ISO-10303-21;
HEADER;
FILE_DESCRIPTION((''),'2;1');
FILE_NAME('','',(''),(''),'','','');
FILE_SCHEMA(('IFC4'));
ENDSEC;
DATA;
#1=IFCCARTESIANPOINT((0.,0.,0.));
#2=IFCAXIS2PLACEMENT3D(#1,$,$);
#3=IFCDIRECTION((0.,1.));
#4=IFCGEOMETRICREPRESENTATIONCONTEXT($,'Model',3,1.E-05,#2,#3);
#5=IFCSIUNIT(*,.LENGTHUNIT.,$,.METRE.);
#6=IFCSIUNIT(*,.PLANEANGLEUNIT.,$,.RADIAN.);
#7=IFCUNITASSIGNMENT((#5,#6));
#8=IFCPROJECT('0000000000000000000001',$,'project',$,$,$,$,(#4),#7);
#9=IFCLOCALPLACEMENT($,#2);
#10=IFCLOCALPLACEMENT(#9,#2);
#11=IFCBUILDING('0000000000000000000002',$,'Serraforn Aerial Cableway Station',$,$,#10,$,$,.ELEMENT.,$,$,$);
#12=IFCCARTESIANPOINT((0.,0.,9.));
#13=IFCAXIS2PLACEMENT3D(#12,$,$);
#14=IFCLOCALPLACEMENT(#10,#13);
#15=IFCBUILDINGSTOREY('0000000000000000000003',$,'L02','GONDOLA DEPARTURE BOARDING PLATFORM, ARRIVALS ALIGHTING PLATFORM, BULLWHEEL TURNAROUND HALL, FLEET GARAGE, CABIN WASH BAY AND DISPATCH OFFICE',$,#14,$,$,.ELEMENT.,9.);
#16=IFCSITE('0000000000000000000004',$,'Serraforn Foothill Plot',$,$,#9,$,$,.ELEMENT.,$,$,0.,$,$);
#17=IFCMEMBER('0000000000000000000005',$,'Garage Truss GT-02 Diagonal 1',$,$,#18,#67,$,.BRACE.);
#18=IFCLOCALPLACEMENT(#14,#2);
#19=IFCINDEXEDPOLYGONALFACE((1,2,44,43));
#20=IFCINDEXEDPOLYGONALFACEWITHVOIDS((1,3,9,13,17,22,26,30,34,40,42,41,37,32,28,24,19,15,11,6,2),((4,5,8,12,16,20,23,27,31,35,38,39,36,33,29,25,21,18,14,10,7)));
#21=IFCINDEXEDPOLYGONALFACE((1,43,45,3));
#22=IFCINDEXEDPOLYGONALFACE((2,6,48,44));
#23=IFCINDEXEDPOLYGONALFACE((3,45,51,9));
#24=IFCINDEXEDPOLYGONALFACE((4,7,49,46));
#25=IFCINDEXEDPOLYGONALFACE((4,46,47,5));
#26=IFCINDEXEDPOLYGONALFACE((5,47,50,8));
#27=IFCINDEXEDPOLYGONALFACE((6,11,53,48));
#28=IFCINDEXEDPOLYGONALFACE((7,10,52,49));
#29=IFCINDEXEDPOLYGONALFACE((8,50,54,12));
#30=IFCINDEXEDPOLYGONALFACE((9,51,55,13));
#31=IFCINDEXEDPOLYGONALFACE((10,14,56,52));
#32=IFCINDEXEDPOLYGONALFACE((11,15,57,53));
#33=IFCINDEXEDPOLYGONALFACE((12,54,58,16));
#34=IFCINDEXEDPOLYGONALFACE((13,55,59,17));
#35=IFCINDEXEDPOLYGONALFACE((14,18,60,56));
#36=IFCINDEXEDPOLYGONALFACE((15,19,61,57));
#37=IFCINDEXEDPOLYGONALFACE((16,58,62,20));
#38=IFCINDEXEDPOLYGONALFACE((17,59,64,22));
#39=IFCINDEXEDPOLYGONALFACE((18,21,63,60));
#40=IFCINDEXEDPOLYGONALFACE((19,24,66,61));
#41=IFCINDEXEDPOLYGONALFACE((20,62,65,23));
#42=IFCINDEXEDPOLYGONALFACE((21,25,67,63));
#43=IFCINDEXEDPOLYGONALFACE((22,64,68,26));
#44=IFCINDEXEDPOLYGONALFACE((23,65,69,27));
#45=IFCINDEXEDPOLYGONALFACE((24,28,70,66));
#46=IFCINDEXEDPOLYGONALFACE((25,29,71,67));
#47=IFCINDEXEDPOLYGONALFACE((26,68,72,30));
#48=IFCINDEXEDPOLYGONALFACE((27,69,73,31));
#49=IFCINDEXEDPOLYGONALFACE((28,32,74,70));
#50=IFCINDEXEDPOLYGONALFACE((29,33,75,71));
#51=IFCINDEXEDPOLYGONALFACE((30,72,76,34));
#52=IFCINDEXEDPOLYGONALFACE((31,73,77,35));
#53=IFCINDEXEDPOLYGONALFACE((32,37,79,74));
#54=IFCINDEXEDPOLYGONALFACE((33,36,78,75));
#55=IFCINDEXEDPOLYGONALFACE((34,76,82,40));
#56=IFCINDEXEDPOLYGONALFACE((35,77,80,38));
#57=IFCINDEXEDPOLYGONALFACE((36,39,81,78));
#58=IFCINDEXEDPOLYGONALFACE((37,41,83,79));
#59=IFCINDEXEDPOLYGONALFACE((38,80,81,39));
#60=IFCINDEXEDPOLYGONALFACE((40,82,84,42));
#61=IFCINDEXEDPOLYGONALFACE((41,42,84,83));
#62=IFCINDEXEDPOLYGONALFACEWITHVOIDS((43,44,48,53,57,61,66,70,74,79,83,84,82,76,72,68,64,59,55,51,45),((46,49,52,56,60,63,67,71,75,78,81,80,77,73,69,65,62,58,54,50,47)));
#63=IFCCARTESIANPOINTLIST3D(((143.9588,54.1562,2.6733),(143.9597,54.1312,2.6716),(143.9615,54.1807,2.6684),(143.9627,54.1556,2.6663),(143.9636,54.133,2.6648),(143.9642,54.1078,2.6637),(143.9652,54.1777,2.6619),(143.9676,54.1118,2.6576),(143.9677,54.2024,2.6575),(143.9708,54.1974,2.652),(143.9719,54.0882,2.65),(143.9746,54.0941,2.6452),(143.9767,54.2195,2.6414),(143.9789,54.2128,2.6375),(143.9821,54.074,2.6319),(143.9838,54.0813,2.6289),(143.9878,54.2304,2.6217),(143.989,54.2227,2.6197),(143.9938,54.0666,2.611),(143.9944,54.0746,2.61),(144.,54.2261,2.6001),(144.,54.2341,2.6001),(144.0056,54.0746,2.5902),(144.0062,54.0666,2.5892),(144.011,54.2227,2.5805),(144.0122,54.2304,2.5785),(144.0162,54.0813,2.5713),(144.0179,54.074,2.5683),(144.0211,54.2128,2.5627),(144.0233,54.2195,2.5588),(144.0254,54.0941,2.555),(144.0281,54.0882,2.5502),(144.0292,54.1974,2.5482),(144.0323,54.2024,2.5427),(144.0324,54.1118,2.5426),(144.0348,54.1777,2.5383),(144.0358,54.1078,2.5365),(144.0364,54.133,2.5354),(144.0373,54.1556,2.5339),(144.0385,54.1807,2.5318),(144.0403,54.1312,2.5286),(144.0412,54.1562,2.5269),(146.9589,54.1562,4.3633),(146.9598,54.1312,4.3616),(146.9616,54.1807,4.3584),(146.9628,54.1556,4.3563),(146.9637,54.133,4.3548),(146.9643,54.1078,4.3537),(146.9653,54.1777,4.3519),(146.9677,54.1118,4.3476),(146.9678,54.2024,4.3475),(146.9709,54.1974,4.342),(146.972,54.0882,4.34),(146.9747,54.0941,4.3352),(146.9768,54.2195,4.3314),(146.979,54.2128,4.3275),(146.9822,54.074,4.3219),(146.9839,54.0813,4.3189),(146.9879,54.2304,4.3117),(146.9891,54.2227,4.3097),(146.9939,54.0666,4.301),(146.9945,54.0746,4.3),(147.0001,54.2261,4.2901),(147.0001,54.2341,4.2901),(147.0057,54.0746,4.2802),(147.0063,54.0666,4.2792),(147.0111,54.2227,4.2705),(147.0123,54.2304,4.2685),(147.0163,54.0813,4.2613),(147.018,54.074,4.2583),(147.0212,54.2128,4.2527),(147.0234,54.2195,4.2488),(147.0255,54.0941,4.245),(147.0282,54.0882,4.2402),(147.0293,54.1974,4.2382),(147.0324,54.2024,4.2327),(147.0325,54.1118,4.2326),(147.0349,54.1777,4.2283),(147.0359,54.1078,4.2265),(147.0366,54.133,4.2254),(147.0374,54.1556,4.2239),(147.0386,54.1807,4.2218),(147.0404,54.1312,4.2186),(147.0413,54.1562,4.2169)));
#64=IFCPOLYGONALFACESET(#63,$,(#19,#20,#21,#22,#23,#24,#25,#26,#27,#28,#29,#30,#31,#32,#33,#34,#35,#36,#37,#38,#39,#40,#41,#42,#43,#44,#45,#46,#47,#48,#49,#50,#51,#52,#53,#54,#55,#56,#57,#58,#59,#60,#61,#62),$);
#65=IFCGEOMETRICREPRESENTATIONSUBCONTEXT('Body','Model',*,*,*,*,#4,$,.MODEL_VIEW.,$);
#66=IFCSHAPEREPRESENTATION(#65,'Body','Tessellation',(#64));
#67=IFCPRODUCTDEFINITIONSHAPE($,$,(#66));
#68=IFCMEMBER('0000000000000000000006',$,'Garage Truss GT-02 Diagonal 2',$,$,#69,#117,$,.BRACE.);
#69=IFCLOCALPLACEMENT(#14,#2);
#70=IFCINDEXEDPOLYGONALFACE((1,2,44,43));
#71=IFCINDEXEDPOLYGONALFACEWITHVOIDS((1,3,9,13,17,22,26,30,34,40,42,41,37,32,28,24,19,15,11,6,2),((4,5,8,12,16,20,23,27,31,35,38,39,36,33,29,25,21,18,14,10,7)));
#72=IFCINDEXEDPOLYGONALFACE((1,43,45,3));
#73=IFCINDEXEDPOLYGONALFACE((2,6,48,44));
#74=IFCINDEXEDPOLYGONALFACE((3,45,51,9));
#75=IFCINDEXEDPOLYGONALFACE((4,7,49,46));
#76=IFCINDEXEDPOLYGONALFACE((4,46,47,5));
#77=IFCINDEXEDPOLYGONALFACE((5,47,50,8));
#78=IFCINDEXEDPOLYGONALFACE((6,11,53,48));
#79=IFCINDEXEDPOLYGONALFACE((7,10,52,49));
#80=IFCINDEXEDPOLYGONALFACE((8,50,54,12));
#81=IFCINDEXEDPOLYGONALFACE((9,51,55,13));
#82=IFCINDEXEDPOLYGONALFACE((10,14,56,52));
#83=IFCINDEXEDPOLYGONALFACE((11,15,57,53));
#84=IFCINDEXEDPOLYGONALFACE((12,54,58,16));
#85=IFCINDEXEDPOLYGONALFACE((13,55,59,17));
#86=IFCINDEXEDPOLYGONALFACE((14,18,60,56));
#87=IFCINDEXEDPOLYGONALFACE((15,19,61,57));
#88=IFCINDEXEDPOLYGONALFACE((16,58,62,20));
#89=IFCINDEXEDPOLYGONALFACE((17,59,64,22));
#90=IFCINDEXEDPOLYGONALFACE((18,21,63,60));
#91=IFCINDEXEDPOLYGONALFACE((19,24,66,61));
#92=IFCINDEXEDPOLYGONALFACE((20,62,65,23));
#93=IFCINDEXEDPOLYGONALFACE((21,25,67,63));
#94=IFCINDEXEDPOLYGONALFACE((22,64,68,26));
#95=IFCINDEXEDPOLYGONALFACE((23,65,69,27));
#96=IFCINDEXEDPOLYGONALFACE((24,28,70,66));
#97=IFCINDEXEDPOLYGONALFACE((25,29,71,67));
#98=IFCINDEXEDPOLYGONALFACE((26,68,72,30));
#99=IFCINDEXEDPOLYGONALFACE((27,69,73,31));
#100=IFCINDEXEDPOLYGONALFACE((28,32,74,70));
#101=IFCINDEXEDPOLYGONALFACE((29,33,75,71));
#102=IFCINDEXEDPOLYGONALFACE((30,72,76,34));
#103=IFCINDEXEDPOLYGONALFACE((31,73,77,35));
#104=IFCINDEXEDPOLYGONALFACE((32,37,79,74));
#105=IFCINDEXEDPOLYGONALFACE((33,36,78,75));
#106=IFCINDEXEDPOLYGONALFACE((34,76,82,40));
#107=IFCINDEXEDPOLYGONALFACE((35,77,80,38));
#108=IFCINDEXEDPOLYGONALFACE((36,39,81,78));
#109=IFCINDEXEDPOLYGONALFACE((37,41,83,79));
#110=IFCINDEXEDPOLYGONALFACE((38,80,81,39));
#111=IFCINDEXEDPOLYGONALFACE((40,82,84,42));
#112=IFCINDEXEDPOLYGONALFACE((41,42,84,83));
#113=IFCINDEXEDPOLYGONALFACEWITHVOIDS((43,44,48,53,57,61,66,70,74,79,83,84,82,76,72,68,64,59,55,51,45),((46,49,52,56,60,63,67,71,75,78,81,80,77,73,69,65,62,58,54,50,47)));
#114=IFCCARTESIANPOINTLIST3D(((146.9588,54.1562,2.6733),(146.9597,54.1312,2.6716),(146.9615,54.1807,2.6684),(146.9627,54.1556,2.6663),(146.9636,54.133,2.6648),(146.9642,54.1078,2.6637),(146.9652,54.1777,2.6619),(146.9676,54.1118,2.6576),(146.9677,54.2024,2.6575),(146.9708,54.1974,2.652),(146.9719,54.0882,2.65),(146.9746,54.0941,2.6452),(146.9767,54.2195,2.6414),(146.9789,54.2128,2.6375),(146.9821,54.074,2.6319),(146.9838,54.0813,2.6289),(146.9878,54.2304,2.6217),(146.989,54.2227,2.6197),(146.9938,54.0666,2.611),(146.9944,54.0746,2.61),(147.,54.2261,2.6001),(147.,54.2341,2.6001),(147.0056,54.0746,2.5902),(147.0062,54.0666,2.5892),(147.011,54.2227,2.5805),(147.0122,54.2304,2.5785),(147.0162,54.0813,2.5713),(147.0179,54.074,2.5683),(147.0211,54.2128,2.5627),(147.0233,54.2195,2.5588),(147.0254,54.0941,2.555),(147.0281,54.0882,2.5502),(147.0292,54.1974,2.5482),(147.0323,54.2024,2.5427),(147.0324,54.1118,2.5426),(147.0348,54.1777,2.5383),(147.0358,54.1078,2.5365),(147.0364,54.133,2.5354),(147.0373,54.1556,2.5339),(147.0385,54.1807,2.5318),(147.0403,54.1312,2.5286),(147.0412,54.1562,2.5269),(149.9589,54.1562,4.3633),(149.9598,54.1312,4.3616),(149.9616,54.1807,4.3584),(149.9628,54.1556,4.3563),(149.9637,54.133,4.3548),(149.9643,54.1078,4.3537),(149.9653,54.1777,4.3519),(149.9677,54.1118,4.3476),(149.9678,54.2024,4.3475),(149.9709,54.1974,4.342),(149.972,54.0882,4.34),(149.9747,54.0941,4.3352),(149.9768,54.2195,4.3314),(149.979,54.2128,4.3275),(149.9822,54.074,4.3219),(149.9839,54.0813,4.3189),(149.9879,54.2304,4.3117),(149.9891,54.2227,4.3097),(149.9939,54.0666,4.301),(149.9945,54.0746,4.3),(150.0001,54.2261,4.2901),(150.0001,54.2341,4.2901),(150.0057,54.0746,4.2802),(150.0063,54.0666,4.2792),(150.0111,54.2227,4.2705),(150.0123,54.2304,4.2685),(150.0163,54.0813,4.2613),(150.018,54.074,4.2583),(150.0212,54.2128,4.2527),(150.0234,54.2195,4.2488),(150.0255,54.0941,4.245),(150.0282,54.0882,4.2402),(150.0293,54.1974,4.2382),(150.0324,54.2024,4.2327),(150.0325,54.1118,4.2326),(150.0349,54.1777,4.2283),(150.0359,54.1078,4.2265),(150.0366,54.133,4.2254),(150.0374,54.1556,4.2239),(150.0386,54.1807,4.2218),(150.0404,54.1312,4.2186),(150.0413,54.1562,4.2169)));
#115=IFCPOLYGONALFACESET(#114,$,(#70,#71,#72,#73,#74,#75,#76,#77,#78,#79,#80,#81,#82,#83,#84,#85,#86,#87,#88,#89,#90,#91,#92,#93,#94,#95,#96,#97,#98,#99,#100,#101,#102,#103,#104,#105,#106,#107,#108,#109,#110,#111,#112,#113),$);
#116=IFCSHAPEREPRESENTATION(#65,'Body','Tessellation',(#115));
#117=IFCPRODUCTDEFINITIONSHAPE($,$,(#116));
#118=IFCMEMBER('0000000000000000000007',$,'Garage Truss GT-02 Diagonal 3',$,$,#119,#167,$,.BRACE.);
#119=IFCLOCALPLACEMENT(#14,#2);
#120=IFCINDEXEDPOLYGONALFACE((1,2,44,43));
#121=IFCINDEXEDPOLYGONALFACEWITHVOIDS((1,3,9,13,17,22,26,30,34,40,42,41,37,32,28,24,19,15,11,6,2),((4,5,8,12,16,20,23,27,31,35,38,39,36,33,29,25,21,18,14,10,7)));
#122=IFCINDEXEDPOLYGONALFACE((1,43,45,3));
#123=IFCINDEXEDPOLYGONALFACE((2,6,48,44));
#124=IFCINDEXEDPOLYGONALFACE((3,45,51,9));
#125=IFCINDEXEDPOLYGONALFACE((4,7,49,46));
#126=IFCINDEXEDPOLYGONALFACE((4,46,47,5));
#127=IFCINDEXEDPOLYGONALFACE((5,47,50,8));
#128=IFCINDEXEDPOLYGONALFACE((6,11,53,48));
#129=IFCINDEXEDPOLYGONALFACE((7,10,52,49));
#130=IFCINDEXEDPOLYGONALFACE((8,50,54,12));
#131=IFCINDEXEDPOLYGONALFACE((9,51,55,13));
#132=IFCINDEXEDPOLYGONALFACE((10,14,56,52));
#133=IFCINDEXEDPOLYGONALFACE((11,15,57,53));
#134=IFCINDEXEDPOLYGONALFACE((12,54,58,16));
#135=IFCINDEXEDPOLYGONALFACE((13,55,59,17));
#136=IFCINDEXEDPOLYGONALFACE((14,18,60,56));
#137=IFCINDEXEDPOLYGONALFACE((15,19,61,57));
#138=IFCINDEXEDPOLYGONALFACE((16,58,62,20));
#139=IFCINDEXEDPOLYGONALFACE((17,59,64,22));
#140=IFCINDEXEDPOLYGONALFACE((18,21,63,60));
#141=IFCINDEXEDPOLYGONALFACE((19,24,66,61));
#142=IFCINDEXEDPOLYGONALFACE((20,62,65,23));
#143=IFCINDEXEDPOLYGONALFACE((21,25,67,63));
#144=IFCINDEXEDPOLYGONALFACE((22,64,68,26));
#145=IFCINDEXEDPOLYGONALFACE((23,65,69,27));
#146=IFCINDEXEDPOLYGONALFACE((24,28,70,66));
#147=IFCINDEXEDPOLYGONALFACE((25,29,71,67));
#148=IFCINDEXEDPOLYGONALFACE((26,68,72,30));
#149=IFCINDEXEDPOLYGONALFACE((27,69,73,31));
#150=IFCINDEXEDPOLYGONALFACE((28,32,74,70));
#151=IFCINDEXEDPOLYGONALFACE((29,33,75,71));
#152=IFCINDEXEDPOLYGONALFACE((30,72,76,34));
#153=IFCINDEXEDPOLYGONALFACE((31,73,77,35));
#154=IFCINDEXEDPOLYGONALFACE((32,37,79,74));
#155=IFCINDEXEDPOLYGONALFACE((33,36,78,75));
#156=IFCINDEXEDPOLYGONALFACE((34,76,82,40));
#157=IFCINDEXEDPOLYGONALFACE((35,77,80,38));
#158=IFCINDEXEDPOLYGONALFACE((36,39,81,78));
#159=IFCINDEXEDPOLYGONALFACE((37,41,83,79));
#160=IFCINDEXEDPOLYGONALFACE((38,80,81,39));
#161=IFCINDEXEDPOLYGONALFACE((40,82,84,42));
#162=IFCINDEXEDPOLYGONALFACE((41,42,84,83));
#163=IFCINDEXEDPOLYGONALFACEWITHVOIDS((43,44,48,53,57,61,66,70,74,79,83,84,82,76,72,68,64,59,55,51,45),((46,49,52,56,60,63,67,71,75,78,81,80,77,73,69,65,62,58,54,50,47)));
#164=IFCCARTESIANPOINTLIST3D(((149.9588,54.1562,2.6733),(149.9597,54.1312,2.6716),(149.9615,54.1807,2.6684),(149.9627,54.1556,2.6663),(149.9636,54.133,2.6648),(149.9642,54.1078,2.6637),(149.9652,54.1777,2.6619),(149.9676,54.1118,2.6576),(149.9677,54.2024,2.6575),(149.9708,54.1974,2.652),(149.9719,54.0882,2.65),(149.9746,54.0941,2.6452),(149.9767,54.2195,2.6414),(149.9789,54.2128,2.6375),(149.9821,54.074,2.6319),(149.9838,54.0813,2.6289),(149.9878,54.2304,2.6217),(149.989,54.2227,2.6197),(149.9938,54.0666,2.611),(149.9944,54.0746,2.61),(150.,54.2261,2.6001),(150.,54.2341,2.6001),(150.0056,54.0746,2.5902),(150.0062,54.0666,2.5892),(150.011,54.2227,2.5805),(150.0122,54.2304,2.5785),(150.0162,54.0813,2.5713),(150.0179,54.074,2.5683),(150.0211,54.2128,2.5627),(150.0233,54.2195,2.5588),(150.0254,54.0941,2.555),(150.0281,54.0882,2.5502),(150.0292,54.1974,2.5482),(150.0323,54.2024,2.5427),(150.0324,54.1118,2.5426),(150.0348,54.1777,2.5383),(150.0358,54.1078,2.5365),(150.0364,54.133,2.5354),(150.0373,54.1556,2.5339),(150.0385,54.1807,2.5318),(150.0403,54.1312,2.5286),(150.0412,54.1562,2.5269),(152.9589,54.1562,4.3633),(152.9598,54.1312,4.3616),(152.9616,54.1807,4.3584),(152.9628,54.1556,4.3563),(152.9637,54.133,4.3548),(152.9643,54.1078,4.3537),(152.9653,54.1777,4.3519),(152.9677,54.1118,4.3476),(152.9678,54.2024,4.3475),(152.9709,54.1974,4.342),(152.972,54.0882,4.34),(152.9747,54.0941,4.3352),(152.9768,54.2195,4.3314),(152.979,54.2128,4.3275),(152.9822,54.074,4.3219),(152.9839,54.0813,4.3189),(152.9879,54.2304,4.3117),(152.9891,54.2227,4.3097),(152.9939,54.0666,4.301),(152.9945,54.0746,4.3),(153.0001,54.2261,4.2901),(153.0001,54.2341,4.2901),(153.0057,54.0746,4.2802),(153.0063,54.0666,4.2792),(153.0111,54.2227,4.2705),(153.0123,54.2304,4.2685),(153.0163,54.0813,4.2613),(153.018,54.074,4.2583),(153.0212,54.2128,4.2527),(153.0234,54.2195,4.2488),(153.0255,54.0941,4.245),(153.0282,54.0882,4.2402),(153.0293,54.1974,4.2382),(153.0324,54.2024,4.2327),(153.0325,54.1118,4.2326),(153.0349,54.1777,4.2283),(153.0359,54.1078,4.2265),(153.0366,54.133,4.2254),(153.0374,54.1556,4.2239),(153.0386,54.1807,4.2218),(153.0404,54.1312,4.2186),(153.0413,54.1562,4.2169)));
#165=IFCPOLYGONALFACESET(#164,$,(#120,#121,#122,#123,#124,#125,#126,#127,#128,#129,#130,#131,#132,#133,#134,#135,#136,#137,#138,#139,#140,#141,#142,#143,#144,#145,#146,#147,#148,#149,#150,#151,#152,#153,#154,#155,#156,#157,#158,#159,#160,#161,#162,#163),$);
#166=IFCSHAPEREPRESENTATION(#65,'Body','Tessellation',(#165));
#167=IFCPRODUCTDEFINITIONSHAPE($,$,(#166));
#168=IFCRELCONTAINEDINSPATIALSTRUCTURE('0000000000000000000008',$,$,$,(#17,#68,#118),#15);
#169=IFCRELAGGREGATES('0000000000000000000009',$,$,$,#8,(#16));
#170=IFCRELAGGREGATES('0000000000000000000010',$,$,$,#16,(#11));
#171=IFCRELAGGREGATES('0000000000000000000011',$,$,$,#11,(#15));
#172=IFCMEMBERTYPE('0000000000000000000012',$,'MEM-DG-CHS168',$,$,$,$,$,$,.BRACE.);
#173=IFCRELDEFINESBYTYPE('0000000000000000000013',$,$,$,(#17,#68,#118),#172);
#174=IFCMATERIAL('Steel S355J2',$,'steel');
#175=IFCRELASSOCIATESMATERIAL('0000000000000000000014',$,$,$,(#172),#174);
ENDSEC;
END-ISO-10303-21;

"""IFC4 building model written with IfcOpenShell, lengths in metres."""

from ifc_helpers import new_model, si_unit, direction, frame, origin, origin_2d, place, context, subcontext, project, spatial, hollow_circle, extrude, material, material_profile, profile_set, type_object, element, save


model = new_model("IFC4")

# Units and contexts
model_context = context("Model", 3, precision=1e-05, world=origin(), true_north=direction((0.0, 1.0)))
body_context = subcontext(model_context, "Body", "Model", "MODEL_VIEW")
ifc_project = project(units=[si_unit("LENGTHUNIT", "METRE"), si_unit("PLANEANGLEUNIT", "RADIAN")], contexts=[model_context])

# Site, building, storey
site_placement = place(None, origin())
site = spatial("IfcSite", under=ifc_project, at=site_placement, Name="Serraforn Foothill Plot", CompositionType="ELEMENT", RefElevation=0.0)
building_placement = place(site_placement, origin())
building = spatial("IfcBuilding", under=site, at=building_placement, Name="Serraforn Aerial Cableway Station", CompositionType="ELEMENT")
storey_placement = place(building_placement, frame((0.0, 0.0, 9.0)))
storey = spatial("IfcBuildingStorey", under=building, at=storey_placement, Name="L02", Description="GONDOLA DEPARTURE BOARDING PLATFORM, ARRIVALS ALIGHTING PLATFORM, BULLWHEEL TURNAROUND HALL, FLEET GARAGE, CABIN WASH BAY AND DISPATCH OFFICE", CompositionType="ELEMENT", Elevation=9.0)

# Shared definitions
ifc_material_1 = material(Name="Steel S355J2", Category="steel")

# Members
ifc_material_profile_1 = material_profile(ifc_material_1, hollow_circle(Radius=0.0842, WallThickness=0.0081, at=origin_2d()), Name="CHS 168.3x8.0")
ifc_profile_set_1 = profile_set([ifc_material_profile_1], Name="Steel S355J2")
member_type_1 = type_object("IfcMemberType", Name="MEM-DG-CHS168", PredefinedType="BRACE", material=ifc_profile_set_1)
for number, where, z_axis, x_axis, name in (
    (1, (144.0, 54.1499, 2.6001), (0.871272, 0.0, 0.4908), (0.0, 1.0, 0.0), "Garage Truss GT-02 Diagonal 1"),
    (2, (147.0, 54.1499, 2.6001), (0.871272, 0.0, 0.4908), (0.0, 1.0, 0.0), "Garage Truss GT-02 Diagonal 2"),
    (3, (150.0, 54.1499, 2.6001), (0.871272, 0.0, 0.4908), (0.0, 1.0, 0.0), "Garage Truss GT-02 Diagonal 3"),
):
    element("IfcMember", number, at=place(storey_placement, frame(where, z_axis=z_axis, x_axis=x_axis)), inside=storey, type_object=member_type_1, Name=name, PredefinedType="BRACE", context=body_context, shape_type="SweptSolid", body=[
        extrude(hollow_circle(Radius=0.0842, WallThickness=0.0081, at=origin_2d()), origin(), (0.0, 0.0, 1.0), 3.4434),
    ])

save(model, "model.ifc")
